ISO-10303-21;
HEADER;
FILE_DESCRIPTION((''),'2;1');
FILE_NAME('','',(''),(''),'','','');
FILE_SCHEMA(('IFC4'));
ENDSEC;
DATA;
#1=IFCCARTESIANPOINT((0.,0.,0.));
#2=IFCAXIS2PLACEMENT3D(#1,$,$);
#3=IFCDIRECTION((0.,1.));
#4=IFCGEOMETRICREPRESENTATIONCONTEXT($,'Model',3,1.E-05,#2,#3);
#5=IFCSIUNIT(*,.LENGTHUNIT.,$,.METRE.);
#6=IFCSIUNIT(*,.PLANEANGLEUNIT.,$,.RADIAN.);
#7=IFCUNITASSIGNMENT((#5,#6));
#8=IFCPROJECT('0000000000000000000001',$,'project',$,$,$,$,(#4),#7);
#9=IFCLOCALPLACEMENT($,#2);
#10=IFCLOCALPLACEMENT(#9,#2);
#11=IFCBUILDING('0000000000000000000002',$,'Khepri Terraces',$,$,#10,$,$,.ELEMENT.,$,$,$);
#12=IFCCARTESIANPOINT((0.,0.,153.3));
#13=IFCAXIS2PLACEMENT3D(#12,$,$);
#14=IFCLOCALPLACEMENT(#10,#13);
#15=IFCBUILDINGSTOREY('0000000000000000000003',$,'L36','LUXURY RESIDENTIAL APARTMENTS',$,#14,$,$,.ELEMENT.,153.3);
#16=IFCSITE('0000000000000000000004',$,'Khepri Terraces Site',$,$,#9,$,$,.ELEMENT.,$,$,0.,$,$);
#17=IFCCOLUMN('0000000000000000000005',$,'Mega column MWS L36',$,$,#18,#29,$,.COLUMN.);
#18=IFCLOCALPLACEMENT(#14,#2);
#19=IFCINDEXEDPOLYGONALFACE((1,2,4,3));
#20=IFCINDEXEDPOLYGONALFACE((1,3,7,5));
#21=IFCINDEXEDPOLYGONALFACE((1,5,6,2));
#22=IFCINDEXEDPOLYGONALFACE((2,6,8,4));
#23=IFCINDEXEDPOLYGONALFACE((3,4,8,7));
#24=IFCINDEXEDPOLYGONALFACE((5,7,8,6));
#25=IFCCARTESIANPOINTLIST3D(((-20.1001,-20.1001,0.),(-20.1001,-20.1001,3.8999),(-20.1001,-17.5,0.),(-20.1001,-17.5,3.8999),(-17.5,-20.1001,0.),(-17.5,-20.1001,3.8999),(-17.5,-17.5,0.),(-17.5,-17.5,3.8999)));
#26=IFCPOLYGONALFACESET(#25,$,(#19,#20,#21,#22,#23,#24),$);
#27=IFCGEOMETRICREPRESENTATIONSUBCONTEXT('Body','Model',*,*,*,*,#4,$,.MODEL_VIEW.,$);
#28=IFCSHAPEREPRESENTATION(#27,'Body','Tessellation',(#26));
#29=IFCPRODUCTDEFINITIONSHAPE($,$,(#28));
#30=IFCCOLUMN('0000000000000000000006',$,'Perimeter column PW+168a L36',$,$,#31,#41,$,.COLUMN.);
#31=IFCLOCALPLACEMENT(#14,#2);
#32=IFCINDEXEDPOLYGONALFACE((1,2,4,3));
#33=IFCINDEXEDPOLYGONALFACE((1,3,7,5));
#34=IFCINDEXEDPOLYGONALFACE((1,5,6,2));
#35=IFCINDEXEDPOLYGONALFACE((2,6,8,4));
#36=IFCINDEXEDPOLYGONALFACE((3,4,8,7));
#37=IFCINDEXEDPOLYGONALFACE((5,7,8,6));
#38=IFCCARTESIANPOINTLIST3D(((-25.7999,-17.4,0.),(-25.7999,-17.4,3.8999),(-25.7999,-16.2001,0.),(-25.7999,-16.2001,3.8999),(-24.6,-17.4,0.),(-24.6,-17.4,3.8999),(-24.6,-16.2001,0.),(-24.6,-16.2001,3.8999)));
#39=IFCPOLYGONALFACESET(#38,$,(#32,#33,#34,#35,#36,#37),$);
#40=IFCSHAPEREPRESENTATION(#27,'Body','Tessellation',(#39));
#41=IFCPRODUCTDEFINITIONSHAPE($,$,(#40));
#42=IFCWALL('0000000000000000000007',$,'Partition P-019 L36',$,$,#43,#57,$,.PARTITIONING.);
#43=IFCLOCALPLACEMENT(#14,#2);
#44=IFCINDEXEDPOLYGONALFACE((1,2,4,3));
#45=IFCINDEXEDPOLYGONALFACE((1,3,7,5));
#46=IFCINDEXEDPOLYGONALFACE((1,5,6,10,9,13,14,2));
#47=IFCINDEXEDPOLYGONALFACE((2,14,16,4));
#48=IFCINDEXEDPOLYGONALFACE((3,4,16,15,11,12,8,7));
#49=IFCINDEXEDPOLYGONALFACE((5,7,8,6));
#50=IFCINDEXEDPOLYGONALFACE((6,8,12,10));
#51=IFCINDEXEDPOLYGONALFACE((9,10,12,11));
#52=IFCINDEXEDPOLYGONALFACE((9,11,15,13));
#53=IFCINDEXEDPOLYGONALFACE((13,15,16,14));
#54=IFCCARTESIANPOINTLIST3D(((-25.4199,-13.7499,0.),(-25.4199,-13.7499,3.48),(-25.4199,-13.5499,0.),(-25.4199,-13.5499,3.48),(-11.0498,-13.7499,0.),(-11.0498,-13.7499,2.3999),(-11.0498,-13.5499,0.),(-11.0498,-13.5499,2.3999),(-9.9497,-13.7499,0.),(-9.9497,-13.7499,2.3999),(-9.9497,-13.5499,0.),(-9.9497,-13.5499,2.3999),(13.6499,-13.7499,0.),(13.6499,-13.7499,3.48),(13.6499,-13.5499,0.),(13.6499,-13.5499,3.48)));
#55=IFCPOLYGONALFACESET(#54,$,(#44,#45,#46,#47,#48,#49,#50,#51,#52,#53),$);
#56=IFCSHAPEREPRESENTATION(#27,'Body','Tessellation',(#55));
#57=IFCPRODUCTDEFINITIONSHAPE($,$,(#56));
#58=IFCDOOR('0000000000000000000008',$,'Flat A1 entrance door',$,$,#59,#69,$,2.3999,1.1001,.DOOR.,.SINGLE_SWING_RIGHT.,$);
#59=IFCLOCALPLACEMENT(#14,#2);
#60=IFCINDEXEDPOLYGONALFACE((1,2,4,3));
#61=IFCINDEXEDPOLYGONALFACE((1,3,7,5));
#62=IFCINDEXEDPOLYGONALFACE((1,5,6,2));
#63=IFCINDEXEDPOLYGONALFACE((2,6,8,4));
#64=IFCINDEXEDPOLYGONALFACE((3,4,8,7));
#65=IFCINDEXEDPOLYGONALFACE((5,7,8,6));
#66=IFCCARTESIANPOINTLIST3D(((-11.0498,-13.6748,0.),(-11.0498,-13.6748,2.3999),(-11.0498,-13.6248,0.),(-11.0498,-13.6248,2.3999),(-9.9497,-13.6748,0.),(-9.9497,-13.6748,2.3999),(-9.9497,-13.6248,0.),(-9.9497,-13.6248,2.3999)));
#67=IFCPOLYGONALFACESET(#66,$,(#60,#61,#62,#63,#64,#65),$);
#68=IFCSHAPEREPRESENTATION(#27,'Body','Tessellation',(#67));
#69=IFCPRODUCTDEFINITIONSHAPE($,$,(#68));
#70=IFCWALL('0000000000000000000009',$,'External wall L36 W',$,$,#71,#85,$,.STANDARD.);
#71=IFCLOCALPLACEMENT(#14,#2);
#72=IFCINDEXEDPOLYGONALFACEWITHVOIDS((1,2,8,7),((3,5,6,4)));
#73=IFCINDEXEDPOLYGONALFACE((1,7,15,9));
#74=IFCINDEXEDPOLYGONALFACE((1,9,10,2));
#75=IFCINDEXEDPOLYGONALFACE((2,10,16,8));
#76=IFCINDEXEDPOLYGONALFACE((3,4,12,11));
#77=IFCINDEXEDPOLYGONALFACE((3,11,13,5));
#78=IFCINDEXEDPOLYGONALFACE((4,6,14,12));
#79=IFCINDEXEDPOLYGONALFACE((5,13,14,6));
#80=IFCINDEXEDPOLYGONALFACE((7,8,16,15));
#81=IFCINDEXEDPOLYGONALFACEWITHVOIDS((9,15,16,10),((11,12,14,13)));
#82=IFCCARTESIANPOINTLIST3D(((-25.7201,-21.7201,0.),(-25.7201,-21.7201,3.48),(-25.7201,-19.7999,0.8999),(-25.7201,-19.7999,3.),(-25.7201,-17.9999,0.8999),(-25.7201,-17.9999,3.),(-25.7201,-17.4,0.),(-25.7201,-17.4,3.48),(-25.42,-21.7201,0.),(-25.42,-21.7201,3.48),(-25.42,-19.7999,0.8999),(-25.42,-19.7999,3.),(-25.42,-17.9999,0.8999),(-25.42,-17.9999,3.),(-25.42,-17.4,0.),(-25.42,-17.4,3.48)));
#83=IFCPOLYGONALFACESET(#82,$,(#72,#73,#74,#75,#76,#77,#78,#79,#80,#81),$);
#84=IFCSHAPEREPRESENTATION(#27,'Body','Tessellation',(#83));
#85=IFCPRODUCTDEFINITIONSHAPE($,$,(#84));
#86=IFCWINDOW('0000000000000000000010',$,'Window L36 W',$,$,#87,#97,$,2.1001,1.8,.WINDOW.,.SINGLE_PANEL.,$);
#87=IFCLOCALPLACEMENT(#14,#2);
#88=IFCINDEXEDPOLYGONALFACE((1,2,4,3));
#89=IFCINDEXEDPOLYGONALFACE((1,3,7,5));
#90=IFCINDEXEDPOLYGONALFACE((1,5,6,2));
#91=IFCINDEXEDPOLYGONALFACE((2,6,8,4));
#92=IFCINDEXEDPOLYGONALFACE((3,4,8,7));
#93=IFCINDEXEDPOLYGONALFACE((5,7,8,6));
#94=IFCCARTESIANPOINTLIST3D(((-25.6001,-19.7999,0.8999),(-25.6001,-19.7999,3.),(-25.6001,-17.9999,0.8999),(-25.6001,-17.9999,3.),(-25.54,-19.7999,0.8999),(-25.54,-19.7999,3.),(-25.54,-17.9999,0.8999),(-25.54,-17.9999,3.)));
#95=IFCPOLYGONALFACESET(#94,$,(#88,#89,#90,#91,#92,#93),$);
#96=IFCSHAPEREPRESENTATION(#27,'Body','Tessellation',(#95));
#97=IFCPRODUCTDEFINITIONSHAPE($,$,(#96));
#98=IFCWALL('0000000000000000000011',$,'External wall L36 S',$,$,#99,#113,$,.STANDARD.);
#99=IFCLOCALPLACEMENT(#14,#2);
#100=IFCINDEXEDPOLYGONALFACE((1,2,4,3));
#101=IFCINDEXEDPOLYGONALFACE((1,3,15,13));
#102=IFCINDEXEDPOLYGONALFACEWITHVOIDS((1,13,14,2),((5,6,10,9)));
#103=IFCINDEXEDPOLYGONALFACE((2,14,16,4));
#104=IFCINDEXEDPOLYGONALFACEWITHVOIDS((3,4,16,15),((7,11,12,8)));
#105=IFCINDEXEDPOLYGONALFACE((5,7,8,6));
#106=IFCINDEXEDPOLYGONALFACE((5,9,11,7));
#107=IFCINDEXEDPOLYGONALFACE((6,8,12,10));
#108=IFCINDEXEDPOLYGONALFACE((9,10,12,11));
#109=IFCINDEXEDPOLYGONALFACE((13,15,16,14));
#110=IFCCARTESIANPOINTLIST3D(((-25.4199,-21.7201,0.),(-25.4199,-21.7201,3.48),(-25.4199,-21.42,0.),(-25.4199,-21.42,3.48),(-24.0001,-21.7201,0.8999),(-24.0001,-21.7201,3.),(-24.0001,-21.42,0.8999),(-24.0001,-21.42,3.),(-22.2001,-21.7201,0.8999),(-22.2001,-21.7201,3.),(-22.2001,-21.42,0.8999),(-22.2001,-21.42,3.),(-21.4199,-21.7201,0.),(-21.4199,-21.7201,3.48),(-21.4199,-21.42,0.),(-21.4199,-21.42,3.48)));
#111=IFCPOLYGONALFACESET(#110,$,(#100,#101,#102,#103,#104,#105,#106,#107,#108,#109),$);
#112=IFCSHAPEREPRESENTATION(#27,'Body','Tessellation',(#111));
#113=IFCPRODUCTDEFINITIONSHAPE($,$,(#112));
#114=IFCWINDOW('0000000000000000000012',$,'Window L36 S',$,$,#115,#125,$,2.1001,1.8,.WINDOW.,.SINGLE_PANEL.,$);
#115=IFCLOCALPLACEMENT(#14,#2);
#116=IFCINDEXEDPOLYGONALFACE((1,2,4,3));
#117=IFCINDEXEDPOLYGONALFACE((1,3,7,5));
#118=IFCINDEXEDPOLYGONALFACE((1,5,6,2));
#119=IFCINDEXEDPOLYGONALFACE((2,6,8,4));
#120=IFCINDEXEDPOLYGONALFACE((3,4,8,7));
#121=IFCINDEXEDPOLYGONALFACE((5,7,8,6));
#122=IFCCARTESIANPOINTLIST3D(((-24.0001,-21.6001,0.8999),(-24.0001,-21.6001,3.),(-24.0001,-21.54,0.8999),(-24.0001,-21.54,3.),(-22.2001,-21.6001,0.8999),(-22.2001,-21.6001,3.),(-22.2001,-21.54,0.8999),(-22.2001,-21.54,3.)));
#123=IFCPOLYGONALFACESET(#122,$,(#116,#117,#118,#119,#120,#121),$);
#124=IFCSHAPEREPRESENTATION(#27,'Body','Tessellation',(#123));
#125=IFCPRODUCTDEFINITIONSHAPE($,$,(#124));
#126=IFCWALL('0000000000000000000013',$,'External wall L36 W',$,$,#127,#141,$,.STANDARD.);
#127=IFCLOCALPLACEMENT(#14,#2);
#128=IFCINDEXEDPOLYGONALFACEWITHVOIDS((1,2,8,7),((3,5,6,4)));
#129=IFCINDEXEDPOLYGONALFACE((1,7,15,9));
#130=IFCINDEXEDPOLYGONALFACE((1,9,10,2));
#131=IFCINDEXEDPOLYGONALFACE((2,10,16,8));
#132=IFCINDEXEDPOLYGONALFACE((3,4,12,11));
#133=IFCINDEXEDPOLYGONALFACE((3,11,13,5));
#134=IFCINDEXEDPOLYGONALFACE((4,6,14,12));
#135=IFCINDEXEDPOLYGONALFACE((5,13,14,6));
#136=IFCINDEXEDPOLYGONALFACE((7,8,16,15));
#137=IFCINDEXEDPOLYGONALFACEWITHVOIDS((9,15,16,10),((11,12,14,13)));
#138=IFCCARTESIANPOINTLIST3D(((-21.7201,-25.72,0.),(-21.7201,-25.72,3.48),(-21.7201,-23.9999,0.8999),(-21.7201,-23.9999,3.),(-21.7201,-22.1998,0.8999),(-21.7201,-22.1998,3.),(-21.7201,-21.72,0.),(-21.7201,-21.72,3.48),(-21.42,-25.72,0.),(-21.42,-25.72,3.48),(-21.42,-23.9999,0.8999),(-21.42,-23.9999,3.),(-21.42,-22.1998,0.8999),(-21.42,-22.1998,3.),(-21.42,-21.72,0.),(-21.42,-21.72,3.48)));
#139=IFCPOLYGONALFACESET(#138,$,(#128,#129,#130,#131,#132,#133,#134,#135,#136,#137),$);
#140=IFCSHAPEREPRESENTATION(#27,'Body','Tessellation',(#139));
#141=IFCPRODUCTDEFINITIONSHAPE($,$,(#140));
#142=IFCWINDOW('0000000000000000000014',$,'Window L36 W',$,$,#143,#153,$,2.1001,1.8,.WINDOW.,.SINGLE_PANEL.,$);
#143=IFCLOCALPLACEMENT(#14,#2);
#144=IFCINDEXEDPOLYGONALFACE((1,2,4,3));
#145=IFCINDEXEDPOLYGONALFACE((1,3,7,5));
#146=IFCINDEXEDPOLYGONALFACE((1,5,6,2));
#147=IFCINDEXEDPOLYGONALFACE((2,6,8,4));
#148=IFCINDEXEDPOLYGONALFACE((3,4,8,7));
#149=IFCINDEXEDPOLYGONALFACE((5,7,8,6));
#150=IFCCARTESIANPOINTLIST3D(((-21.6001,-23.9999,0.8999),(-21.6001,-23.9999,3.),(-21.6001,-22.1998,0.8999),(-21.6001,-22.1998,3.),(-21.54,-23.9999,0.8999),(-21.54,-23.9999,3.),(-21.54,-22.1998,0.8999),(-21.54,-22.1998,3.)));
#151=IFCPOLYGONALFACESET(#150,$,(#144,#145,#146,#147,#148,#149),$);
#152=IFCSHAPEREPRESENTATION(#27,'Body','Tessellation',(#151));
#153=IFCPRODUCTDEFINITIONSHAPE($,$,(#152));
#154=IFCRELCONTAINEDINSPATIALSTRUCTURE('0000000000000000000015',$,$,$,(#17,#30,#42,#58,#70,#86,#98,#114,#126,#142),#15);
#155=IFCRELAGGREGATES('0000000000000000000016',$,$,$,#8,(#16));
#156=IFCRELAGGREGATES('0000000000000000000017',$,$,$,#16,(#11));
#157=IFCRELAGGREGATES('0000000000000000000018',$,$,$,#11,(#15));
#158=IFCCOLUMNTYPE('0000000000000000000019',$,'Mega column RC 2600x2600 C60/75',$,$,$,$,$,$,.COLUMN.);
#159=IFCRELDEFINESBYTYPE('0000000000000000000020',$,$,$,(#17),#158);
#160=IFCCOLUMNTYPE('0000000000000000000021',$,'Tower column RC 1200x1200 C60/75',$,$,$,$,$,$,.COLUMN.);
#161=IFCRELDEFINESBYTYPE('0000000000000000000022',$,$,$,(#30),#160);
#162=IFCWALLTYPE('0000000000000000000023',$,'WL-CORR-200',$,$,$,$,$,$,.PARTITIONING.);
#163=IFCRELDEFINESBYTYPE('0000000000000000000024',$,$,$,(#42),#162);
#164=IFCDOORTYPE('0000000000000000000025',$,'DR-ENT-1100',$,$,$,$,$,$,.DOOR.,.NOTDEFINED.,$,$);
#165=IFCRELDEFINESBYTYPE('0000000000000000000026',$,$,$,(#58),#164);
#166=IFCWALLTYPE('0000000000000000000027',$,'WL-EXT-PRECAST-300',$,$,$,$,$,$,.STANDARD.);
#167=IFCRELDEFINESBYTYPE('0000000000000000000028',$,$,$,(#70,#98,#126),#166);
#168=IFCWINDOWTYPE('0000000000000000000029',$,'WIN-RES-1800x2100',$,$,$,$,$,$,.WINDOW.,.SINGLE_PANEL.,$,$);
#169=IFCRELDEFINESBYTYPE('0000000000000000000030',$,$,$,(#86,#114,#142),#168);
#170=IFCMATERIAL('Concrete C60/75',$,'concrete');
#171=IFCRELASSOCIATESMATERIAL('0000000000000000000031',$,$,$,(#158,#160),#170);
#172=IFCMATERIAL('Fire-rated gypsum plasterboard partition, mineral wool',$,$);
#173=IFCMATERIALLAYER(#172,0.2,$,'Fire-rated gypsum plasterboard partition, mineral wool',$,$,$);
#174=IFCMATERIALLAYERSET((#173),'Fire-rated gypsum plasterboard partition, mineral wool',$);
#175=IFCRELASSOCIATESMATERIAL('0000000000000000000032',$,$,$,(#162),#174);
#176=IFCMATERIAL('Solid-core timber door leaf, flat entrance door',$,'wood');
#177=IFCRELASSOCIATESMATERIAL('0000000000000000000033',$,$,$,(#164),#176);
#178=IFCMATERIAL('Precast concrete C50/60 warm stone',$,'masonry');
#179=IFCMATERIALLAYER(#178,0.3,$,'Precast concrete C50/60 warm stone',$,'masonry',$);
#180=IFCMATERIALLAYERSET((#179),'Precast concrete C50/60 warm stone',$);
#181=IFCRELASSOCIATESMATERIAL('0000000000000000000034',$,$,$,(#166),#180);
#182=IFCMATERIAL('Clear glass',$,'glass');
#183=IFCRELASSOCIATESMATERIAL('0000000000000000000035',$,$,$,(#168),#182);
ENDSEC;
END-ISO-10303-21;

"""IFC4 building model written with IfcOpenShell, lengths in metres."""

from ifc_helpers import new_model, si_unit, direction, frame, frame_2d, origin, origin_2d, place, context, subcontext, project, spatial, rectangle, extrude, material, layer, layer_set, material_profile, profile_set, type_object, element, fill, save


model = new_model("IFC4")

# Units and contexts
model_context = context("Model", 3, precision=1e-05, world=origin(), true_north=direction((0.0, 1.0)))
body_context = subcontext(model_context, "Body", "Model", "MODEL_VIEW")
ifc_project = project(units=[si_unit("LENGTHUNIT", "METRE"), si_unit("PLANEANGLEUNIT", "RADIAN")], contexts=[model_context])

# Site, building, storey
site_placement = place(None, origin())
site = spatial("IfcSite", under=ifc_project, at=site_placement, Name="Khepri Terraces Site", CompositionType="ELEMENT", RefElevation=0.0)
building_placement = place(site_placement, origin())
building = spatial("IfcBuilding", under=site, at=building_placement, Name="Khepri Terraces", CompositionType="ELEMENT")
storey_placement = place(building_placement, frame((0.0, 0.0, 153.3)))
storey = spatial("IfcBuildingStorey", under=building, at=storey_placement, Name="L36", Description="LUXURY RESIDENTIAL APARTMENTS", CompositionType="ELEMENT", Elevation=153.3)

# Columns
ifc_material_1 = material(Name="Concrete C60/75", Category="concrete")
ifc_material_profile_1 = material_profile(ifc_material_1, rectangle(XDim=2.6001, YDim=2.6001, at=origin_2d()), Name="Concrete C60/75", Category="concrete")
ifc_profile_set_1 = profile_set([ifc_material_profile_1], Name="Concrete C60/75")
column_type_1 = type_object("IfcColumnType", Name="Mega column RC 2600x2600 C60/75", PredefinedType="COLUMN", material=ifc_profile_set_1)
column_1_placement = place(storey_placement, frame((-18.8, -18.8, 0.0), z_axis=(0.0, 0.0, 1.0), x_axis=(1.0, 0.0, 0.0)))
element("IfcColumn", 1, at=column_1_placement, inside=storey, type_object=column_type_1, Name="Mega column MWS L36", PredefinedType="COLUMN", context=body_context, shape_type="SweptSolid", body=[
    extrude(rectangle(XDim=2.6001, YDim=2.6001, at=origin_2d()), origin(), (0.0, 0.0, 1.0), 3.8999),
])
ifc_material_profile_2 = material_profile(ifc_material_1, rectangle(XDim=1.2, YDim=1.2, at=origin_2d()), Name="Concrete C60/75", Category="concrete")
ifc_profile_set_2 = profile_set([ifc_material_profile_2], Name="Concrete C60/75")
column_type_2 = type_object("IfcColumnType", Name="Tower column RC 1200x1200 C60/75", PredefinedType="COLUMN", material=ifc_profile_set_2)
column_2_placement = place(storey_placement, frame((-25.2, -16.8, 0.0), z_axis=(0.0, 0.0, 1.0), x_axis=(1.0, 0.0, 0.0)))
element("IfcColumn", 2, at=column_2_placement, inside=storey, type_object=column_type_2, Name="Perimeter column PW+168a L36", PredefinedType="COLUMN", context=body_context, shape_type="SweptSolid", body=[
    extrude(rectangle(XDim=1.2, YDim=1.2, at=origin_2d()), origin(), (0.0, 0.0, 1.0), 3.8999),
])

# Wall, opening, door
ifc_material_2 = material(Name="Fire-rated gypsum plasterboard partition, mineral wool")
ifc_layer_1 = layer(ifc_material_2, 0.2, Name="Fire-rated gypsum plasterboard partition, mineral wool")
ifc_layer_set_1 = layer_set([ifc_layer_1], Name="Fire-rated gypsum plasterboard partition, mineral wool")
wall_type_1 = type_object("IfcWallType", Name="WL-CORR-200", PredefinedType="PARTITIONING", material=ifc_layer_set_1)
wall_1_placement = place(storey_placement, frame((-25.4199, -13.6499, 0.0), z_axis=(0.0, 0.0, 1.0), x_axis=(1.0, 0.0, 0.0)))
wall_1 = element("IfcWall", 3, at=wall_1_placement, inside=storey, type_object=wall_type_1, Name="Partition P-019 L36", PredefinedType="PARTITIONING", context=body_context, shape_type="SweptSolid", body=[
    extrude(rectangle(XDim=39.0698, YDim=0.2, at=frame_2d((19.5349, 0.0))), origin(), (0.0, 0.0, 1.0), 3.48),
])
opening_1_placement = place(wall_1_placement, frame((14.3701, 0.0, 0.0)))
opening_1 = element("IfcOpeningElement", 4, at=opening_1_placement, cuts=wall_1, PredefinedType="OPENING", context=body_context, shape_type="SweptSolid", body=[
    extrude(rectangle(XDim=1.1001, YDim=2.3999, at=frame_2d((0.55, 1.2))), frame((0.0, 0.1099, 0.0), z_axis=(0.0, -1.0, 0.0), x_axis=(1.0, 0.0, 0.0)), (0.0, 0.0, 1.0), 0.22),
])
ifc_material_3 = material(Name="Solid-core timber door leaf, flat entrance door", Category="wood")
door_type_1 = type_object("IfcDoorType", Name="DR-ENT-1100", OperationType="NOTDEFINED", PredefinedType="DOOR", material=ifc_material_3)
door_1_placement = place(opening_1_placement, frame((1.1001, 0.0, 0.0), z_axis=(0.0, 0.0, 1.0), x_axis=(-1.0, 0.0, 0.0)))
door_1 = element("IfcDoor", 5, at=door_1_placement, inside=storey, type_object=door_type_1, Name="Flat A1 entrance door", OperationType="SINGLE_SWING_RIGHT", OverallHeight=2.3999, OverallWidth=1.1001, PredefinedType="DOOR", context=body_context, shape_type="SweptSolid", body=[
    extrude(rectangle(XDim=1.1001, YDim=2.3999, at=frame_2d((0.55, 1.2))), frame((0.0, 0.0249, 0.0), z_axis=(0.0, -1.0, 0.0), x_axis=(1.0, 0.0, 0.0)), (0.0, 0.0, 1.0), 0.05),
])
fill(opening_1, door_1)

# Walls, openings, windows
ifc_material_4 = material(Name="Precast concrete C50/60 warm stone", Category="masonry")
ifc_layer_2 = layer(ifc_material_4, 0.3, Name="Precast concrete C50/60 warm stone", Category="masonry")
ifc_layer_set_2 = layer_set([ifc_layer_2], Name="Precast concrete C50/60 warm stone")
wall_type_2 = type_object("IfcWallType", Name="WL-EXT-PRECAST-300", PredefinedType="STANDARD", material=ifc_layer_set_2)
wall_2_placement = place(storey_placement, frame((-25.5701, -17.3999, 0.0), z_axis=(0.0, 0.0, 1.0), x_axis=(0.0, -1.0, 0.0)))
wall_2 = element("IfcWall", 6, at=wall_2_placement, inside=storey, type_object=wall_type_2, Name="External wall L36 W", PredefinedType="STANDARD", context=body_context, shape_type="SweptSolid", body=[
    extrude(rectangle(XDim=4.3201, YDim=0.3, at=frame_2d((2.1602, 0.0))), origin(), (0.0, 0.0, 1.0), 3.48),
])
opening_2_placement = place(wall_2_placement, frame((0.6001, 0.0, 0.8999)))
opening_2 = element("IfcOpeningElement", 7, at=opening_2_placement, cuts=wall_2, PredefinedType="OPENING", context=body_context, shape_type="SweptSolid", body=[
    extrude(rectangle(XDim=1.8, YDim=2.1001, at=frame_2d((0.8999, 1.05))), frame((0.0, 0.1602, 0.0), z_axis=(0.0, -1.0, 0.0), x_axis=(1.0, 0.0, 0.0)), (0.0, 0.0, 1.0), 0.3201),
])
ifc_material_5 = material(Name="Clear glass", Category="glass")
window_type = type_object("IfcWindowType", Name="WIN-RES-1800x2100", PartitioningType="SINGLE_PANEL", PredefinedType="WINDOW", material=ifc_material_5)
window_1_placement = place(opening_2_placement, origin())
window_1 = element("IfcWindow", 8, at=window_1_placement, inside=storey, type_object=window_type, Name="Window L36 W", OverallHeight=2.1001, OverallWidth=1.8, PartitioningType="SINGLE_PANEL", PredefinedType="WINDOW", context=body_context, shape_type="SweptSolid", body=[
    extrude(rectangle(XDim=1.8, YDim=2.1001, at=frame_2d((0.8999, 1.05))), frame((0.0, 0.03, 0.0), z_axis=(0.0, -1.0, 0.0), x_axis=(1.0, 0.0, 0.0)), (0.0, 0.0, 1.0), 0.0601),
])
fill(opening_2, window_1)
wall_3_placement = place(storey_placement, frame((-25.4199, -21.5701, 0.0), z_axis=(0.0, 0.0, 1.0), x_axis=(1.0, 0.0, 0.0)))
wall_3 = element("IfcWall", 9, at=wall_3_placement, inside=storey, type_object=wall_type_2, Name="External wall L36 S", PredefinedType="STANDARD", context=body_context, shape_type="SweptSolid", body=[
    extrude(rectangle(XDim=4.0, YDim=0.3, at=frame_2d((2.0, 0.0))), origin(), (0.0, 0.0, 1.0), 3.48),
])
opening_3_placement = place(wall_3_placement, frame((1.4199, 0.0, 0.8999)))
opening_3 = element("IfcOpeningElement", 10, at=opening_3_placement, cuts=wall_3, PredefinedType="OPENING", context=body_context, shape_type="SweptSolid", body=[
    extrude(rectangle(XDim=1.8, YDim=2.1001, at=frame_2d((0.8999, 1.05))), frame((0.0, 0.1602, 0.0), z_axis=(0.0, -1.0, 0.0), x_axis=(1.0, 0.0, 0.0)), (0.0, 0.0, 1.0), 0.3201),
])
window_2_placement = place(opening_3_placement, origin())
window_2 = element("IfcWindow", 11, at=window_2_placement, inside=storey, type_object=window_type, Name="Window L36 S", OverallHeight=2.1001, OverallWidth=1.8, PartitioningType="SINGLE_PANEL", PredefinedType="WINDOW", context=body_context, shape_type="SweptSolid", body=[
    extrude(rectangle(XDim=1.8, YDim=2.1001, at=frame_2d((0.8999, 1.05))), frame((0.0, 0.03, 0.0), z_axis=(0.0, -1.0, 0.0), x_axis=(1.0, 0.0, 0.0)), (0.0, 0.0, 1.0), 0.0601),
])
fill(opening_3, window_2)
wall_4_placement = place(storey_placement, frame((-21.5701, -21.72, 0.0), z_axis=(0.0, 0.0, 1.0), x_axis=(0.0, -1.0, 0.0)))
wall_4 = element("IfcWall", 12, at=wall_4_placement, inside=storey, type_object=wall_type_2, Name="External wall L36 W", PredefinedType="STANDARD", context=body_context, shape_type="SweptSolid", body=[
    extrude(rectangle(XDim=4.0, YDim=0.3, at=frame_2d((2.0, 0.0))), origin(), (0.0, 0.0, 1.0), 3.48),
])
opening_4_placement = place(wall_4_placement, frame((0.48, 0.0, 0.8999)))
opening_4 = element("IfcOpeningElement", 13, at=opening_4_placement, cuts=wall_4, PredefinedType="OPENING", context=body_context, shape_type="SweptSolid", body=[
    extrude(rectangle(XDim=1.8, YDim=2.1001, at=frame_2d((0.8999, 1.05))), frame((0.0, 0.1602, 0.0), z_axis=(0.0, -1.0, 0.0), x_axis=(1.0, 0.0, 0.0)), (0.0, 0.0, 1.0), 0.3201),
])
window_3_placement = place(opening_4_placement, origin())
window_3 = element("IfcWindow", 14, at=window_3_placement, inside=storey, type_object=window_type, Name="Window L36 W", OverallHeight=2.1001, OverallWidth=1.8, PartitioningType="SINGLE_PANEL", PredefinedType="WINDOW", context=body_context, shape_type="SweptSolid", body=[
    extrude(rectangle(XDim=1.8, YDim=2.1001, at=frame_2d((0.8999, 1.05))), frame((0.0, 0.03, 0.0), z_axis=(0.0, -1.0, 0.0), x_axis=(1.0, 0.0, 0.0)), (0.0, 0.0, 1.0), 0.0601),
])
fill(opening_4, window_3)

save(model, "model.ifc")
